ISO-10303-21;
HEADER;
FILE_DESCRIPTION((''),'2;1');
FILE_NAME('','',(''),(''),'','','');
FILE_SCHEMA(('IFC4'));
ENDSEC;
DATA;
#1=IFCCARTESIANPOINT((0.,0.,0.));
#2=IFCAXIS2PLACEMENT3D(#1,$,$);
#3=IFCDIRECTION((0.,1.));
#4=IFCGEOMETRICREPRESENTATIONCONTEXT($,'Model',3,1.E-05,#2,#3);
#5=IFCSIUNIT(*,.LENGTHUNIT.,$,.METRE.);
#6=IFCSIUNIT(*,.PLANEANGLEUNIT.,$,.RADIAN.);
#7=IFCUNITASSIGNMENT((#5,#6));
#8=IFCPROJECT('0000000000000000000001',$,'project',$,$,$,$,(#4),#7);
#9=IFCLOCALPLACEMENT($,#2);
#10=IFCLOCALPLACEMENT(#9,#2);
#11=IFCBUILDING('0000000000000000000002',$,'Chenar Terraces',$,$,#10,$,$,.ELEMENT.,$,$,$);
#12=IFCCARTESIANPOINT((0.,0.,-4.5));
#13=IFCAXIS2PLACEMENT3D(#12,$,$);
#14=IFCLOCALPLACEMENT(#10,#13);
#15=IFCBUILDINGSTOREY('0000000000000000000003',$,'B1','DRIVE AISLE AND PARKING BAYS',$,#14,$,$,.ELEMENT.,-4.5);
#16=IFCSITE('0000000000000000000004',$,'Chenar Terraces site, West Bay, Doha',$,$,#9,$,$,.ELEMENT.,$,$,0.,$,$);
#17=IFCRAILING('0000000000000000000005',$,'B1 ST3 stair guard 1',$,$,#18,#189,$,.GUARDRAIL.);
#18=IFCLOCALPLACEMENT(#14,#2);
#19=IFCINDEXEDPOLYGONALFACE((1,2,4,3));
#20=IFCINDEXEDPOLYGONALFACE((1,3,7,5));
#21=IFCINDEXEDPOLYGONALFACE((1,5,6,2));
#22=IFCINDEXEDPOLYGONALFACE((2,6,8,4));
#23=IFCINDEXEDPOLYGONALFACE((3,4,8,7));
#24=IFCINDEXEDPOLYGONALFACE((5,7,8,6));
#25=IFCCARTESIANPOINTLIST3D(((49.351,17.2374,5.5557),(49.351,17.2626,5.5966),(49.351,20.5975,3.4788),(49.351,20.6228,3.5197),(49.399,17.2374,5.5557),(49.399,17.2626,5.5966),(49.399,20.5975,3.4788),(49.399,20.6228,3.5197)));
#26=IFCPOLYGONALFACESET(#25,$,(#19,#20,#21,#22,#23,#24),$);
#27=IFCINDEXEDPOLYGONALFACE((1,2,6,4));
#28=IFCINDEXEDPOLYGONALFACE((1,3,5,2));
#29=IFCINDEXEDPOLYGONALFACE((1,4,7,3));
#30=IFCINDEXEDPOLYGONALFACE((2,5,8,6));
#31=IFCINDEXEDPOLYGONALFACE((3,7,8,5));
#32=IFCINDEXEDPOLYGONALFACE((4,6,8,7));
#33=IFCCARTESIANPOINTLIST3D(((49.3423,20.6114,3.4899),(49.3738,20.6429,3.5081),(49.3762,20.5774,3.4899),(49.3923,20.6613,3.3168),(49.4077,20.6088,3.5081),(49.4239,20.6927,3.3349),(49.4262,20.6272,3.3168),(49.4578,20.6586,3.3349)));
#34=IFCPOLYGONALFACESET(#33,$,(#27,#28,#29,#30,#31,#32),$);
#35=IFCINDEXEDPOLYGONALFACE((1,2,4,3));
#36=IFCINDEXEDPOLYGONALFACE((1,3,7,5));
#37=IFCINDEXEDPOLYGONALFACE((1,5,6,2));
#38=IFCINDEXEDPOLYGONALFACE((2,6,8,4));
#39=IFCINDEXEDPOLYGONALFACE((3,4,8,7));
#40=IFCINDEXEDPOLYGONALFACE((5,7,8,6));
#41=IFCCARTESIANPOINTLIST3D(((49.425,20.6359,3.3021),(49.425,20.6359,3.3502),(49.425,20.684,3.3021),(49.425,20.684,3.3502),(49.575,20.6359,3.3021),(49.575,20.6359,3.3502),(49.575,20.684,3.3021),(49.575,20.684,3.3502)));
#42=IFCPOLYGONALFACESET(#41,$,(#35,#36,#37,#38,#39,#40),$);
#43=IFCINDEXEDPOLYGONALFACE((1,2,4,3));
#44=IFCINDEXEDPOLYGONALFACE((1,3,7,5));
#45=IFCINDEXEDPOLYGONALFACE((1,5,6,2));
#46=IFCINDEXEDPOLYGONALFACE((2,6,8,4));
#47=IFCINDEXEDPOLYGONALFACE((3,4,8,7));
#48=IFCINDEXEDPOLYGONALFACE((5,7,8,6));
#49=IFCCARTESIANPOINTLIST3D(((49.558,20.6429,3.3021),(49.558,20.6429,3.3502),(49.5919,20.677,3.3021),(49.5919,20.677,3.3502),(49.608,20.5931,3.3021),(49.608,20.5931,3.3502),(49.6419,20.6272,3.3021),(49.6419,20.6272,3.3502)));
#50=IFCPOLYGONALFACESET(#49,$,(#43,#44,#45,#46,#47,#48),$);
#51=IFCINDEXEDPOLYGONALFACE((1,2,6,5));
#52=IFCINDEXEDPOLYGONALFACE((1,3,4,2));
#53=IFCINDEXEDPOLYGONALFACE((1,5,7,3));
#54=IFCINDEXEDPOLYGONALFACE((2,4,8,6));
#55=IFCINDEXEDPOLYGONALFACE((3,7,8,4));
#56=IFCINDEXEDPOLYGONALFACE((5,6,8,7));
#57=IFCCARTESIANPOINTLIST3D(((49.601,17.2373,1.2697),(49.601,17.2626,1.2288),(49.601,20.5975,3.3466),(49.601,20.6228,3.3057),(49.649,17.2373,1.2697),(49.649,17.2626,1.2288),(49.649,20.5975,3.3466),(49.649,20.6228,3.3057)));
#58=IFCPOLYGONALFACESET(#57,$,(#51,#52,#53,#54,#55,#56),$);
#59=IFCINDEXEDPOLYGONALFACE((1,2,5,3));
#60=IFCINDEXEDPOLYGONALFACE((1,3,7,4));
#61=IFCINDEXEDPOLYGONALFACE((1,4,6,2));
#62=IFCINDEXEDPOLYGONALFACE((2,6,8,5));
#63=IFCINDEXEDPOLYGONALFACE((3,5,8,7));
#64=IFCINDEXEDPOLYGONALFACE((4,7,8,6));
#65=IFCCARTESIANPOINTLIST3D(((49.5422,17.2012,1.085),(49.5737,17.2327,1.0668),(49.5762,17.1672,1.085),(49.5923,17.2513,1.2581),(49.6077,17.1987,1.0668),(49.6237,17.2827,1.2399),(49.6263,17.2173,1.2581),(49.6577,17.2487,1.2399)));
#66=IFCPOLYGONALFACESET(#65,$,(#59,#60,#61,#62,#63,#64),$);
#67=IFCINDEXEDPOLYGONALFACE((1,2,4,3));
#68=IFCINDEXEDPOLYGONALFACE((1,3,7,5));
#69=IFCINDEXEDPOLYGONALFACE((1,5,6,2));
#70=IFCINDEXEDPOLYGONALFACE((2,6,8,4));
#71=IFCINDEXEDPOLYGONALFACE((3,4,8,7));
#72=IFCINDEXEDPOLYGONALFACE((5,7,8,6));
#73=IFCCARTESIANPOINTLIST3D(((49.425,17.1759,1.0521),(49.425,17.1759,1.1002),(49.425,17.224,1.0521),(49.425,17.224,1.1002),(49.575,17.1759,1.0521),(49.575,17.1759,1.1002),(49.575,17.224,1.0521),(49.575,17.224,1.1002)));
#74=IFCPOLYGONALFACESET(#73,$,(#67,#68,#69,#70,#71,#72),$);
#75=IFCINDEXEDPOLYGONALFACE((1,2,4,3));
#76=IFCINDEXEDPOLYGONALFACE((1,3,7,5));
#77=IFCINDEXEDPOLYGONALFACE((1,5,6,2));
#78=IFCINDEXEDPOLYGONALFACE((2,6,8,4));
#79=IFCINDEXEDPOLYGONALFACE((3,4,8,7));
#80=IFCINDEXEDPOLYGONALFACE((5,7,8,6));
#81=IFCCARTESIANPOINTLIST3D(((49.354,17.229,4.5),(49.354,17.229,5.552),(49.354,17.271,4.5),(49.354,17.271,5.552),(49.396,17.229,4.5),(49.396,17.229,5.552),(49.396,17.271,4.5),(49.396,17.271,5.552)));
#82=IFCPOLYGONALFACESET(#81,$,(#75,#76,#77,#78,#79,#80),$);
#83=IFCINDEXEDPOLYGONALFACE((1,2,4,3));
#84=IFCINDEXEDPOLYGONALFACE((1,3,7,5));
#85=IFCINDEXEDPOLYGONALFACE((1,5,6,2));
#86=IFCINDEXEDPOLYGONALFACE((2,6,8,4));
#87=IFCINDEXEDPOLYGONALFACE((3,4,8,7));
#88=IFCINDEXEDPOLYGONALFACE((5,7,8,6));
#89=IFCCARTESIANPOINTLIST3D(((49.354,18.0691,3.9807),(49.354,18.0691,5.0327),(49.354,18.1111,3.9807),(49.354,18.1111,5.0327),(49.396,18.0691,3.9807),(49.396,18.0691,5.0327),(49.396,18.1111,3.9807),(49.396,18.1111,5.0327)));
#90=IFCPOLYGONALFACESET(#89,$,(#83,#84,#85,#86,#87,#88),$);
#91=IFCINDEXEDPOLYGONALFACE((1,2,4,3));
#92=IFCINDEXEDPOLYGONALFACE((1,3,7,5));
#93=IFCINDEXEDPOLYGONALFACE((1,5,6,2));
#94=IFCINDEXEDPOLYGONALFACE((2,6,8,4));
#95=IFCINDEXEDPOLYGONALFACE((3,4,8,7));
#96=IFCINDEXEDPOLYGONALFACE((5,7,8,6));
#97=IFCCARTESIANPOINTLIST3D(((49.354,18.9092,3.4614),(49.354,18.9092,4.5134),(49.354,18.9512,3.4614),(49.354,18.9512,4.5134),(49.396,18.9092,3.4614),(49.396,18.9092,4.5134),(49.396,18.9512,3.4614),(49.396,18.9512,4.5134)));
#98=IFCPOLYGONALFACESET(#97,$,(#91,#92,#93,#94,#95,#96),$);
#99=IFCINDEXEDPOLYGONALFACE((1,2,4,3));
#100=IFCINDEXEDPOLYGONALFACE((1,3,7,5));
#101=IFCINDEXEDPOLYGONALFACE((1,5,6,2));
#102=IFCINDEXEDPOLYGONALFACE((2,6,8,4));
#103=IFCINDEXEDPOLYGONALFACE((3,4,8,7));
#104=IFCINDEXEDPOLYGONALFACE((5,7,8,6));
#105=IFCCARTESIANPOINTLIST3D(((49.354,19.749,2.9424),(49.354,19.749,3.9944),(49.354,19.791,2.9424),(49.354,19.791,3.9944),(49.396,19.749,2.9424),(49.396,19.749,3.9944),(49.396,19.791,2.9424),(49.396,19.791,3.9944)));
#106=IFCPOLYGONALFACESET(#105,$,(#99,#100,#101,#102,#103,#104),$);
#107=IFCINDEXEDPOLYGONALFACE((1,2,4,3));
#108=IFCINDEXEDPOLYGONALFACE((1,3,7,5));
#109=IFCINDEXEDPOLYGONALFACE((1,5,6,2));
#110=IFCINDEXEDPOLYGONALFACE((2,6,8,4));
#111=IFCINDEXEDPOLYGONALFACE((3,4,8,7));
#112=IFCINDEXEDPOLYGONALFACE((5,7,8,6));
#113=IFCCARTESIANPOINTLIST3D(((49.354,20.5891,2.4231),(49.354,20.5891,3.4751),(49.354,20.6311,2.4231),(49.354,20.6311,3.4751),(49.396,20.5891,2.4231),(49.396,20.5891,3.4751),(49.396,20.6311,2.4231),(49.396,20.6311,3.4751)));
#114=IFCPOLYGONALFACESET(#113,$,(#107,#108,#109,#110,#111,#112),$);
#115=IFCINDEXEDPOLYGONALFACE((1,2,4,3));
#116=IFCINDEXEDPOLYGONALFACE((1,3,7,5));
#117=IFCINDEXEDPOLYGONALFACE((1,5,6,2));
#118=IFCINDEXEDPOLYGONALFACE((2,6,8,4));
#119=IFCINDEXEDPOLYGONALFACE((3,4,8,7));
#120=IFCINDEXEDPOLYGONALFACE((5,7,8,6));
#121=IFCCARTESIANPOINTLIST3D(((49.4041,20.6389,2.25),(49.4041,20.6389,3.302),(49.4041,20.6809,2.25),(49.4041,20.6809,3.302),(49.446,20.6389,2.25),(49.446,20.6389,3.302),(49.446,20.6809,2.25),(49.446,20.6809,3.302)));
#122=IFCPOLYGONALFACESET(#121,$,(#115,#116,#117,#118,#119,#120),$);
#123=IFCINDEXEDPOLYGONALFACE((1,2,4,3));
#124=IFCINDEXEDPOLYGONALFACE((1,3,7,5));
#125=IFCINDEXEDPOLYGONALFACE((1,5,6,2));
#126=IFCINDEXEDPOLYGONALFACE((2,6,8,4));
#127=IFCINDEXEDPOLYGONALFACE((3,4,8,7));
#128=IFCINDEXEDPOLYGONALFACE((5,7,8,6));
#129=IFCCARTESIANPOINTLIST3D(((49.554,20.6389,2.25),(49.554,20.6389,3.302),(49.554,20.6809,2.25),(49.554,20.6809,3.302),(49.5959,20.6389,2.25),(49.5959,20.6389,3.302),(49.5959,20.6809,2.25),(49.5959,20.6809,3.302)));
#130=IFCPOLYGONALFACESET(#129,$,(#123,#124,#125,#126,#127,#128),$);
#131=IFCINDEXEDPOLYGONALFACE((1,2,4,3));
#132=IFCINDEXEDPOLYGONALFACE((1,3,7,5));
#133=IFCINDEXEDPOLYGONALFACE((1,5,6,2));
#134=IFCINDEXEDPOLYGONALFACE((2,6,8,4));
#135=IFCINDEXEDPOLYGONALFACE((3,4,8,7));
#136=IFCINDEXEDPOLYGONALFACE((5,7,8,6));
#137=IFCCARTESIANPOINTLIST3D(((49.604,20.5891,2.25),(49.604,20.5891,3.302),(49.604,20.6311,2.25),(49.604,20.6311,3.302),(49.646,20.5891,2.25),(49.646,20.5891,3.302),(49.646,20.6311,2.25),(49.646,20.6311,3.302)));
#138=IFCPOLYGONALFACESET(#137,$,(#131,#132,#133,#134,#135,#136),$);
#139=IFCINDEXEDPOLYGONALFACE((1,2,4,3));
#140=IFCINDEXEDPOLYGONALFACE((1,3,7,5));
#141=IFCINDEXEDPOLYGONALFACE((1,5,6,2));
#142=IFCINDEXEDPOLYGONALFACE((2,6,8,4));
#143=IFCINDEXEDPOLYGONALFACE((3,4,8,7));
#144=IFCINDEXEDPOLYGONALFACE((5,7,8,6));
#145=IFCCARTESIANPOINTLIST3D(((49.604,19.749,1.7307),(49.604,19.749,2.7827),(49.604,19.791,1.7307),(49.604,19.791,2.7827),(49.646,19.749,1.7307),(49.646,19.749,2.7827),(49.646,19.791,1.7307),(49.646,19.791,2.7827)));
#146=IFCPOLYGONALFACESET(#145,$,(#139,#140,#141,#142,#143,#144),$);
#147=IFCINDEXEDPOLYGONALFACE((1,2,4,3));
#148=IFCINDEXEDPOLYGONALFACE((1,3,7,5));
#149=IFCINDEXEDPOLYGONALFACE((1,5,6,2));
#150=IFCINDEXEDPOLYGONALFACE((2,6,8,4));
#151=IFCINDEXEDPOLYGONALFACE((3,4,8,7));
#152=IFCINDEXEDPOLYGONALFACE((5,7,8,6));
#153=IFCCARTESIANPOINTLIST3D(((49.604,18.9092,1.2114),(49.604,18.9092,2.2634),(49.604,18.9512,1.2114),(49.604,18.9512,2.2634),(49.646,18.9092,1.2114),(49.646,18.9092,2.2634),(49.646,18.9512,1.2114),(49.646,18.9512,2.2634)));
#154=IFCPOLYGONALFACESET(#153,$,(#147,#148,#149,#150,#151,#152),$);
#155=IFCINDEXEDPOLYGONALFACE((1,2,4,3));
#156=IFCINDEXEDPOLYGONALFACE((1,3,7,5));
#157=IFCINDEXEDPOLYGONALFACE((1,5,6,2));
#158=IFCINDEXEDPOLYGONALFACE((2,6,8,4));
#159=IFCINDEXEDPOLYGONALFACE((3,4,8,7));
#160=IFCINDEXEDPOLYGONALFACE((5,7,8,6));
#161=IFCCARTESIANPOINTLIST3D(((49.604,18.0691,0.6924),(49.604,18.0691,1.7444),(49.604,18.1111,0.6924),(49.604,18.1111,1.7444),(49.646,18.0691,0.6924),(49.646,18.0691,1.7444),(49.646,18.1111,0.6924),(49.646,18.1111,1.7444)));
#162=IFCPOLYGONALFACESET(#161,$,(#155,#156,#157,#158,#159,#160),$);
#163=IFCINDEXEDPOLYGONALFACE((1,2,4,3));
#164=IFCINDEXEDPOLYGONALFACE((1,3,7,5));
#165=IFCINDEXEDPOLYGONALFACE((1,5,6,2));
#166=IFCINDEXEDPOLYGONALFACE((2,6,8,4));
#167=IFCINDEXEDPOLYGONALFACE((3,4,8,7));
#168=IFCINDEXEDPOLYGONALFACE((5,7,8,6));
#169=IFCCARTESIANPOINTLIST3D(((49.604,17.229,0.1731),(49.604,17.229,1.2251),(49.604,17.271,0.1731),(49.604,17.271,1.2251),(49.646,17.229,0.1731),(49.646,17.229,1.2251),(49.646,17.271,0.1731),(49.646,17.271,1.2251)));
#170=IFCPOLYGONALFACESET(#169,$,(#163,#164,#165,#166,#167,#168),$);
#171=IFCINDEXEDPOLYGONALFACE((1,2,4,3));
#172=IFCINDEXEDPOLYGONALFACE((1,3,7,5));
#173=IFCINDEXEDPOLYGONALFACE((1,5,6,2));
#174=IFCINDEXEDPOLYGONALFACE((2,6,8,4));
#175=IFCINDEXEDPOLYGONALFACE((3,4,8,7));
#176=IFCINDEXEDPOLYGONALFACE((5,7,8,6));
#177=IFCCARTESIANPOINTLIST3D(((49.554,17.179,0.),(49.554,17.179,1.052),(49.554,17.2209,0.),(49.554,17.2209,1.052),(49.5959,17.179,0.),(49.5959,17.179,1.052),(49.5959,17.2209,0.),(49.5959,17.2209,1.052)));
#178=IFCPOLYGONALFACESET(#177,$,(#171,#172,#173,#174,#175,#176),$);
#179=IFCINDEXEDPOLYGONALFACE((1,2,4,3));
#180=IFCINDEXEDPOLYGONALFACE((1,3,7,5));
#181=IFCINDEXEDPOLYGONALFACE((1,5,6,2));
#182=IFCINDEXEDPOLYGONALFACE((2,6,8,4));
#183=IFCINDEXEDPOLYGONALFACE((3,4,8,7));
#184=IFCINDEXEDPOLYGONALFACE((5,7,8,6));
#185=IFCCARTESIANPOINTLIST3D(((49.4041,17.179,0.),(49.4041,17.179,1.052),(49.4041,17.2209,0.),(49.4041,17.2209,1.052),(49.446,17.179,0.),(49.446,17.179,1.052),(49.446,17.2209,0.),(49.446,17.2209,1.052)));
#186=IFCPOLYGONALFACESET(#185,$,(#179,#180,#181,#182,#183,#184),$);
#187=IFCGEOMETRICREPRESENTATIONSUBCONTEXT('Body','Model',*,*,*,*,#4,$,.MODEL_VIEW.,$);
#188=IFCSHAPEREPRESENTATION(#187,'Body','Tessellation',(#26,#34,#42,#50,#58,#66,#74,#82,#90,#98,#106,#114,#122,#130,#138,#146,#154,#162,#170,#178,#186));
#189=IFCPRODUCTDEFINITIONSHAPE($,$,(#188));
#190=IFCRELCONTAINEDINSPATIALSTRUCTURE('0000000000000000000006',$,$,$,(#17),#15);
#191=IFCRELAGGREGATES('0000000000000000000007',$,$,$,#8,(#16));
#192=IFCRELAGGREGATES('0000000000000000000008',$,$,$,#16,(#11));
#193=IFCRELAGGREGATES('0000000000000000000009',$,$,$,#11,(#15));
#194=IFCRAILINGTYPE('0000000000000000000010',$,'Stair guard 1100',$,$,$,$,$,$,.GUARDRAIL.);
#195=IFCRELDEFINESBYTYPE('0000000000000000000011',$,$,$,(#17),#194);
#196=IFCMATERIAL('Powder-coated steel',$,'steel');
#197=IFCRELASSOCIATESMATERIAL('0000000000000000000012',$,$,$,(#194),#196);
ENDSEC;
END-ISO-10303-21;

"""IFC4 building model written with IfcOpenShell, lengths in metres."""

from ifc_helpers import new_model, si_unit, direction, frame, origin, origin_2d, place, context, subcontext, project, spatial, rectangle, extrude, material, type_object, element, save


model = new_model("IFC4")

# Units and contexts
model_context = context("Model", 3, precision=1e-05, world=origin(), true_north=direction((0.0, 1.0)))
body_context = subcontext(model_context, "Body", "Model", "MODEL_VIEW")
ifc_project = project(units=[si_unit("LENGTHUNIT", "METRE"), si_unit("PLANEANGLEUNIT", "RADIAN")], contexts=[model_context])

# Site, building, storey
site_placement = place(None, origin())
site = spatial("IfcSite", under=ifc_project, at=site_placement, Name="Chenar Terraces site, West Bay, Doha", CompositionType="ELEMENT", RefElevation=0.0)
building_placement = place(site_placement, origin())
building = spatial("IfcBuilding", under=site, at=building_placement, Name="Chenar Terraces", CompositionType="ELEMENT")
storey_placement = place(building_placement, frame((0.0, 0.0, -4.5)))
storey = spatial("IfcBuildingStorey", under=building, at=storey_placement, Name="B1", Description="DRIVE AISLE AND PARKING BAYS", CompositionType="ELEMENT", Elevation=-4.5)

# Railing
ifc_material_1 = material(Name="Powder-coated steel", Category="steel")
railing_type = type_object("IfcRailingType", Name="Stair guard 1100", PredefinedType="GUARDRAIL", material=ifc_material_1)
railing_1_placement = place(storey_placement, frame((49.375, 17.25, 4.5)))
element("IfcRailing", 1, at=railing_1_placement, inside=storey, type_object=railing_type, Name="B1 ST3 stair guard 1", PredefinedType="GUARDRAIL", context=body_context, shape_type="SweptSolid", body=[
    extrude(rectangle(XDim=0.0481, YDim=0.0481, at=origin_2d()), frame((0.0, 0.0, 1.0762), z_axis=(0.0, 0.850623, -0.525776), x_axis=(-1.0, 0.0, 0.0)), (0.0, 0.0, 1.0), 3.9502),
    extrude(rectangle(XDim=0.0481, YDim=0.0481, at=origin_2d()), frame((0.0, 3.3601, -1.001), z_axis=(0.267723, 0.266417, -0.92593), x_axis=(-0.705376, 0.708834, 0.0)), (0.0, 0.0, 1.0), 0.187),
    extrude(rectangle(XDim=0.0481, YDim=0.0481, at=origin_2d()), frame((0.05, 3.4099, -1.1738), z_axis=(1.0, 0.0, 0.0), x_axis=(0.0, 1.0, 0.0)), (0.0, 0.0, 1.0), 0.1499),
    extrude(rectangle(XDim=0.0481, YDim=0.0481, at=origin_2d()), frame((0.2, 3.4099, -1.1738), z_axis=(0.708834, -0.705376, 0.0), x_axis=(0.705376, 0.708834, 0.0)), (0.0, 0.0, 1.0), 0.0706),
    extrude(rectangle(XDim=0.0481, YDim=0.0481, at=origin_2d()), frame((0.25, 3.3601, -1.1738), z_axis=(0.0, -0.850623, -0.525776), x_axis=(1.0, 0.0, 0.0)), (0.0, 0.0, 1.0), 3.9502),
    extrude(rectangle(XDim=0.0481, YDim=0.0481, at=origin_2d()), frame((0.25, 0.0, -3.251), z_axis=(-0.26763, -0.26763, -0.925607), x_axis=(0.707107, -0.707107, 0.0)), (0.0, 0.0, 1.0), 0.187),
    extrude(rectangle(XDim=0.0481, YDim=0.0481, at=origin_2d()), frame((0.2, -0.05, -3.4238), z_axis=(-1.0, 0.0, 0.0), x_axis=(0.0, -1.0, 0.0)), (0.0, 0.0, 1.0), 0.1499),
    extrude(rectangle(XDim=0.042, YDim=0.042, at=origin_2d()), origin(), (0.0, 0.0, 1.0), 1.052),
    extrude(rectangle(XDim=0.042, YDim=0.042, at=origin_2d()), frame((0.0, 0.8401, -0.5193)), (0.0, 0.0, 1.0), 1.052),
    extrude(rectangle(XDim=0.042, YDim=0.042, at=origin_2d()), frame((0.0, 1.6802, -1.0386)), (0.0, 0.0, 1.0), 1.052),
    extrude(rectangle(XDim=0.042, YDim=0.042, at=origin_2d()), frame((0.0, 2.52, -1.5576)), (0.0, 0.0, 1.0), 1.052),
    extrude(rectangle(XDim=0.042, YDim=0.042, at=origin_2d()), frame((0.0, 3.3601, -2.0769)), (0.0, 0.0, 1.0), 1.052),
    extrude(rectangle(XDim=0.042, YDim=0.042, at=origin_2d()), frame((0.05, 3.4099, -2.25)), (0.0, 0.0, 1.0), 1.052),
    extrude(rectangle(XDim=0.042, YDim=0.042, at=origin_2d()), frame((0.2, 3.4099, -2.25)), (0.0, 0.0, 1.0), 1.052),
    extrude(rectangle(XDim=0.042, YDim=0.042, at=origin_2d()), frame((0.25, 3.3601, -2.25)), (0.0, 0.0, 1.0), 1.052),
    extrude(rectangle(XDim=0.042, YDim=0.042, at=origin_2d()), frame((0.25, 2.52, -2.7693)), (0.0, 0.0, 1.0), 1.052),
    extrude(rectangle(XDim=0.042, YDim=0.042, at=origin_2d()), frame((0.25, 1.6802, -3.2886)), (0.0, 0.0, 1.0), 1.052),
    extrude(rectangle(XDim=0.042, YDim=0.042, at=origin_2d()), frame((0.25, 0.8401, -3.8076)), (0.0, 0.0, 1.0), 1.052),
    extrude(rectangle(XDim=0.042, YDim=0.042, at=origin_2d()), frame((0.25, 0.0, -4.3269)), (0.0, 0.0, 1.0), 1.052),
    extrude(rectangle(XDim=0.042, YDim=0.042, at=origin_2d()), frame((0.2, -0.05, -4.5)), (0.0, 0.0, 1.0), 1.052),
    extrude(rectangle(XDim=0.042, YDim=0.042, at=origin_2d()), frame((0.05, -0.05, -4.5)), (0.0, 0.0, 1.0), 1.052),
])

save(model, "model.ifc")
